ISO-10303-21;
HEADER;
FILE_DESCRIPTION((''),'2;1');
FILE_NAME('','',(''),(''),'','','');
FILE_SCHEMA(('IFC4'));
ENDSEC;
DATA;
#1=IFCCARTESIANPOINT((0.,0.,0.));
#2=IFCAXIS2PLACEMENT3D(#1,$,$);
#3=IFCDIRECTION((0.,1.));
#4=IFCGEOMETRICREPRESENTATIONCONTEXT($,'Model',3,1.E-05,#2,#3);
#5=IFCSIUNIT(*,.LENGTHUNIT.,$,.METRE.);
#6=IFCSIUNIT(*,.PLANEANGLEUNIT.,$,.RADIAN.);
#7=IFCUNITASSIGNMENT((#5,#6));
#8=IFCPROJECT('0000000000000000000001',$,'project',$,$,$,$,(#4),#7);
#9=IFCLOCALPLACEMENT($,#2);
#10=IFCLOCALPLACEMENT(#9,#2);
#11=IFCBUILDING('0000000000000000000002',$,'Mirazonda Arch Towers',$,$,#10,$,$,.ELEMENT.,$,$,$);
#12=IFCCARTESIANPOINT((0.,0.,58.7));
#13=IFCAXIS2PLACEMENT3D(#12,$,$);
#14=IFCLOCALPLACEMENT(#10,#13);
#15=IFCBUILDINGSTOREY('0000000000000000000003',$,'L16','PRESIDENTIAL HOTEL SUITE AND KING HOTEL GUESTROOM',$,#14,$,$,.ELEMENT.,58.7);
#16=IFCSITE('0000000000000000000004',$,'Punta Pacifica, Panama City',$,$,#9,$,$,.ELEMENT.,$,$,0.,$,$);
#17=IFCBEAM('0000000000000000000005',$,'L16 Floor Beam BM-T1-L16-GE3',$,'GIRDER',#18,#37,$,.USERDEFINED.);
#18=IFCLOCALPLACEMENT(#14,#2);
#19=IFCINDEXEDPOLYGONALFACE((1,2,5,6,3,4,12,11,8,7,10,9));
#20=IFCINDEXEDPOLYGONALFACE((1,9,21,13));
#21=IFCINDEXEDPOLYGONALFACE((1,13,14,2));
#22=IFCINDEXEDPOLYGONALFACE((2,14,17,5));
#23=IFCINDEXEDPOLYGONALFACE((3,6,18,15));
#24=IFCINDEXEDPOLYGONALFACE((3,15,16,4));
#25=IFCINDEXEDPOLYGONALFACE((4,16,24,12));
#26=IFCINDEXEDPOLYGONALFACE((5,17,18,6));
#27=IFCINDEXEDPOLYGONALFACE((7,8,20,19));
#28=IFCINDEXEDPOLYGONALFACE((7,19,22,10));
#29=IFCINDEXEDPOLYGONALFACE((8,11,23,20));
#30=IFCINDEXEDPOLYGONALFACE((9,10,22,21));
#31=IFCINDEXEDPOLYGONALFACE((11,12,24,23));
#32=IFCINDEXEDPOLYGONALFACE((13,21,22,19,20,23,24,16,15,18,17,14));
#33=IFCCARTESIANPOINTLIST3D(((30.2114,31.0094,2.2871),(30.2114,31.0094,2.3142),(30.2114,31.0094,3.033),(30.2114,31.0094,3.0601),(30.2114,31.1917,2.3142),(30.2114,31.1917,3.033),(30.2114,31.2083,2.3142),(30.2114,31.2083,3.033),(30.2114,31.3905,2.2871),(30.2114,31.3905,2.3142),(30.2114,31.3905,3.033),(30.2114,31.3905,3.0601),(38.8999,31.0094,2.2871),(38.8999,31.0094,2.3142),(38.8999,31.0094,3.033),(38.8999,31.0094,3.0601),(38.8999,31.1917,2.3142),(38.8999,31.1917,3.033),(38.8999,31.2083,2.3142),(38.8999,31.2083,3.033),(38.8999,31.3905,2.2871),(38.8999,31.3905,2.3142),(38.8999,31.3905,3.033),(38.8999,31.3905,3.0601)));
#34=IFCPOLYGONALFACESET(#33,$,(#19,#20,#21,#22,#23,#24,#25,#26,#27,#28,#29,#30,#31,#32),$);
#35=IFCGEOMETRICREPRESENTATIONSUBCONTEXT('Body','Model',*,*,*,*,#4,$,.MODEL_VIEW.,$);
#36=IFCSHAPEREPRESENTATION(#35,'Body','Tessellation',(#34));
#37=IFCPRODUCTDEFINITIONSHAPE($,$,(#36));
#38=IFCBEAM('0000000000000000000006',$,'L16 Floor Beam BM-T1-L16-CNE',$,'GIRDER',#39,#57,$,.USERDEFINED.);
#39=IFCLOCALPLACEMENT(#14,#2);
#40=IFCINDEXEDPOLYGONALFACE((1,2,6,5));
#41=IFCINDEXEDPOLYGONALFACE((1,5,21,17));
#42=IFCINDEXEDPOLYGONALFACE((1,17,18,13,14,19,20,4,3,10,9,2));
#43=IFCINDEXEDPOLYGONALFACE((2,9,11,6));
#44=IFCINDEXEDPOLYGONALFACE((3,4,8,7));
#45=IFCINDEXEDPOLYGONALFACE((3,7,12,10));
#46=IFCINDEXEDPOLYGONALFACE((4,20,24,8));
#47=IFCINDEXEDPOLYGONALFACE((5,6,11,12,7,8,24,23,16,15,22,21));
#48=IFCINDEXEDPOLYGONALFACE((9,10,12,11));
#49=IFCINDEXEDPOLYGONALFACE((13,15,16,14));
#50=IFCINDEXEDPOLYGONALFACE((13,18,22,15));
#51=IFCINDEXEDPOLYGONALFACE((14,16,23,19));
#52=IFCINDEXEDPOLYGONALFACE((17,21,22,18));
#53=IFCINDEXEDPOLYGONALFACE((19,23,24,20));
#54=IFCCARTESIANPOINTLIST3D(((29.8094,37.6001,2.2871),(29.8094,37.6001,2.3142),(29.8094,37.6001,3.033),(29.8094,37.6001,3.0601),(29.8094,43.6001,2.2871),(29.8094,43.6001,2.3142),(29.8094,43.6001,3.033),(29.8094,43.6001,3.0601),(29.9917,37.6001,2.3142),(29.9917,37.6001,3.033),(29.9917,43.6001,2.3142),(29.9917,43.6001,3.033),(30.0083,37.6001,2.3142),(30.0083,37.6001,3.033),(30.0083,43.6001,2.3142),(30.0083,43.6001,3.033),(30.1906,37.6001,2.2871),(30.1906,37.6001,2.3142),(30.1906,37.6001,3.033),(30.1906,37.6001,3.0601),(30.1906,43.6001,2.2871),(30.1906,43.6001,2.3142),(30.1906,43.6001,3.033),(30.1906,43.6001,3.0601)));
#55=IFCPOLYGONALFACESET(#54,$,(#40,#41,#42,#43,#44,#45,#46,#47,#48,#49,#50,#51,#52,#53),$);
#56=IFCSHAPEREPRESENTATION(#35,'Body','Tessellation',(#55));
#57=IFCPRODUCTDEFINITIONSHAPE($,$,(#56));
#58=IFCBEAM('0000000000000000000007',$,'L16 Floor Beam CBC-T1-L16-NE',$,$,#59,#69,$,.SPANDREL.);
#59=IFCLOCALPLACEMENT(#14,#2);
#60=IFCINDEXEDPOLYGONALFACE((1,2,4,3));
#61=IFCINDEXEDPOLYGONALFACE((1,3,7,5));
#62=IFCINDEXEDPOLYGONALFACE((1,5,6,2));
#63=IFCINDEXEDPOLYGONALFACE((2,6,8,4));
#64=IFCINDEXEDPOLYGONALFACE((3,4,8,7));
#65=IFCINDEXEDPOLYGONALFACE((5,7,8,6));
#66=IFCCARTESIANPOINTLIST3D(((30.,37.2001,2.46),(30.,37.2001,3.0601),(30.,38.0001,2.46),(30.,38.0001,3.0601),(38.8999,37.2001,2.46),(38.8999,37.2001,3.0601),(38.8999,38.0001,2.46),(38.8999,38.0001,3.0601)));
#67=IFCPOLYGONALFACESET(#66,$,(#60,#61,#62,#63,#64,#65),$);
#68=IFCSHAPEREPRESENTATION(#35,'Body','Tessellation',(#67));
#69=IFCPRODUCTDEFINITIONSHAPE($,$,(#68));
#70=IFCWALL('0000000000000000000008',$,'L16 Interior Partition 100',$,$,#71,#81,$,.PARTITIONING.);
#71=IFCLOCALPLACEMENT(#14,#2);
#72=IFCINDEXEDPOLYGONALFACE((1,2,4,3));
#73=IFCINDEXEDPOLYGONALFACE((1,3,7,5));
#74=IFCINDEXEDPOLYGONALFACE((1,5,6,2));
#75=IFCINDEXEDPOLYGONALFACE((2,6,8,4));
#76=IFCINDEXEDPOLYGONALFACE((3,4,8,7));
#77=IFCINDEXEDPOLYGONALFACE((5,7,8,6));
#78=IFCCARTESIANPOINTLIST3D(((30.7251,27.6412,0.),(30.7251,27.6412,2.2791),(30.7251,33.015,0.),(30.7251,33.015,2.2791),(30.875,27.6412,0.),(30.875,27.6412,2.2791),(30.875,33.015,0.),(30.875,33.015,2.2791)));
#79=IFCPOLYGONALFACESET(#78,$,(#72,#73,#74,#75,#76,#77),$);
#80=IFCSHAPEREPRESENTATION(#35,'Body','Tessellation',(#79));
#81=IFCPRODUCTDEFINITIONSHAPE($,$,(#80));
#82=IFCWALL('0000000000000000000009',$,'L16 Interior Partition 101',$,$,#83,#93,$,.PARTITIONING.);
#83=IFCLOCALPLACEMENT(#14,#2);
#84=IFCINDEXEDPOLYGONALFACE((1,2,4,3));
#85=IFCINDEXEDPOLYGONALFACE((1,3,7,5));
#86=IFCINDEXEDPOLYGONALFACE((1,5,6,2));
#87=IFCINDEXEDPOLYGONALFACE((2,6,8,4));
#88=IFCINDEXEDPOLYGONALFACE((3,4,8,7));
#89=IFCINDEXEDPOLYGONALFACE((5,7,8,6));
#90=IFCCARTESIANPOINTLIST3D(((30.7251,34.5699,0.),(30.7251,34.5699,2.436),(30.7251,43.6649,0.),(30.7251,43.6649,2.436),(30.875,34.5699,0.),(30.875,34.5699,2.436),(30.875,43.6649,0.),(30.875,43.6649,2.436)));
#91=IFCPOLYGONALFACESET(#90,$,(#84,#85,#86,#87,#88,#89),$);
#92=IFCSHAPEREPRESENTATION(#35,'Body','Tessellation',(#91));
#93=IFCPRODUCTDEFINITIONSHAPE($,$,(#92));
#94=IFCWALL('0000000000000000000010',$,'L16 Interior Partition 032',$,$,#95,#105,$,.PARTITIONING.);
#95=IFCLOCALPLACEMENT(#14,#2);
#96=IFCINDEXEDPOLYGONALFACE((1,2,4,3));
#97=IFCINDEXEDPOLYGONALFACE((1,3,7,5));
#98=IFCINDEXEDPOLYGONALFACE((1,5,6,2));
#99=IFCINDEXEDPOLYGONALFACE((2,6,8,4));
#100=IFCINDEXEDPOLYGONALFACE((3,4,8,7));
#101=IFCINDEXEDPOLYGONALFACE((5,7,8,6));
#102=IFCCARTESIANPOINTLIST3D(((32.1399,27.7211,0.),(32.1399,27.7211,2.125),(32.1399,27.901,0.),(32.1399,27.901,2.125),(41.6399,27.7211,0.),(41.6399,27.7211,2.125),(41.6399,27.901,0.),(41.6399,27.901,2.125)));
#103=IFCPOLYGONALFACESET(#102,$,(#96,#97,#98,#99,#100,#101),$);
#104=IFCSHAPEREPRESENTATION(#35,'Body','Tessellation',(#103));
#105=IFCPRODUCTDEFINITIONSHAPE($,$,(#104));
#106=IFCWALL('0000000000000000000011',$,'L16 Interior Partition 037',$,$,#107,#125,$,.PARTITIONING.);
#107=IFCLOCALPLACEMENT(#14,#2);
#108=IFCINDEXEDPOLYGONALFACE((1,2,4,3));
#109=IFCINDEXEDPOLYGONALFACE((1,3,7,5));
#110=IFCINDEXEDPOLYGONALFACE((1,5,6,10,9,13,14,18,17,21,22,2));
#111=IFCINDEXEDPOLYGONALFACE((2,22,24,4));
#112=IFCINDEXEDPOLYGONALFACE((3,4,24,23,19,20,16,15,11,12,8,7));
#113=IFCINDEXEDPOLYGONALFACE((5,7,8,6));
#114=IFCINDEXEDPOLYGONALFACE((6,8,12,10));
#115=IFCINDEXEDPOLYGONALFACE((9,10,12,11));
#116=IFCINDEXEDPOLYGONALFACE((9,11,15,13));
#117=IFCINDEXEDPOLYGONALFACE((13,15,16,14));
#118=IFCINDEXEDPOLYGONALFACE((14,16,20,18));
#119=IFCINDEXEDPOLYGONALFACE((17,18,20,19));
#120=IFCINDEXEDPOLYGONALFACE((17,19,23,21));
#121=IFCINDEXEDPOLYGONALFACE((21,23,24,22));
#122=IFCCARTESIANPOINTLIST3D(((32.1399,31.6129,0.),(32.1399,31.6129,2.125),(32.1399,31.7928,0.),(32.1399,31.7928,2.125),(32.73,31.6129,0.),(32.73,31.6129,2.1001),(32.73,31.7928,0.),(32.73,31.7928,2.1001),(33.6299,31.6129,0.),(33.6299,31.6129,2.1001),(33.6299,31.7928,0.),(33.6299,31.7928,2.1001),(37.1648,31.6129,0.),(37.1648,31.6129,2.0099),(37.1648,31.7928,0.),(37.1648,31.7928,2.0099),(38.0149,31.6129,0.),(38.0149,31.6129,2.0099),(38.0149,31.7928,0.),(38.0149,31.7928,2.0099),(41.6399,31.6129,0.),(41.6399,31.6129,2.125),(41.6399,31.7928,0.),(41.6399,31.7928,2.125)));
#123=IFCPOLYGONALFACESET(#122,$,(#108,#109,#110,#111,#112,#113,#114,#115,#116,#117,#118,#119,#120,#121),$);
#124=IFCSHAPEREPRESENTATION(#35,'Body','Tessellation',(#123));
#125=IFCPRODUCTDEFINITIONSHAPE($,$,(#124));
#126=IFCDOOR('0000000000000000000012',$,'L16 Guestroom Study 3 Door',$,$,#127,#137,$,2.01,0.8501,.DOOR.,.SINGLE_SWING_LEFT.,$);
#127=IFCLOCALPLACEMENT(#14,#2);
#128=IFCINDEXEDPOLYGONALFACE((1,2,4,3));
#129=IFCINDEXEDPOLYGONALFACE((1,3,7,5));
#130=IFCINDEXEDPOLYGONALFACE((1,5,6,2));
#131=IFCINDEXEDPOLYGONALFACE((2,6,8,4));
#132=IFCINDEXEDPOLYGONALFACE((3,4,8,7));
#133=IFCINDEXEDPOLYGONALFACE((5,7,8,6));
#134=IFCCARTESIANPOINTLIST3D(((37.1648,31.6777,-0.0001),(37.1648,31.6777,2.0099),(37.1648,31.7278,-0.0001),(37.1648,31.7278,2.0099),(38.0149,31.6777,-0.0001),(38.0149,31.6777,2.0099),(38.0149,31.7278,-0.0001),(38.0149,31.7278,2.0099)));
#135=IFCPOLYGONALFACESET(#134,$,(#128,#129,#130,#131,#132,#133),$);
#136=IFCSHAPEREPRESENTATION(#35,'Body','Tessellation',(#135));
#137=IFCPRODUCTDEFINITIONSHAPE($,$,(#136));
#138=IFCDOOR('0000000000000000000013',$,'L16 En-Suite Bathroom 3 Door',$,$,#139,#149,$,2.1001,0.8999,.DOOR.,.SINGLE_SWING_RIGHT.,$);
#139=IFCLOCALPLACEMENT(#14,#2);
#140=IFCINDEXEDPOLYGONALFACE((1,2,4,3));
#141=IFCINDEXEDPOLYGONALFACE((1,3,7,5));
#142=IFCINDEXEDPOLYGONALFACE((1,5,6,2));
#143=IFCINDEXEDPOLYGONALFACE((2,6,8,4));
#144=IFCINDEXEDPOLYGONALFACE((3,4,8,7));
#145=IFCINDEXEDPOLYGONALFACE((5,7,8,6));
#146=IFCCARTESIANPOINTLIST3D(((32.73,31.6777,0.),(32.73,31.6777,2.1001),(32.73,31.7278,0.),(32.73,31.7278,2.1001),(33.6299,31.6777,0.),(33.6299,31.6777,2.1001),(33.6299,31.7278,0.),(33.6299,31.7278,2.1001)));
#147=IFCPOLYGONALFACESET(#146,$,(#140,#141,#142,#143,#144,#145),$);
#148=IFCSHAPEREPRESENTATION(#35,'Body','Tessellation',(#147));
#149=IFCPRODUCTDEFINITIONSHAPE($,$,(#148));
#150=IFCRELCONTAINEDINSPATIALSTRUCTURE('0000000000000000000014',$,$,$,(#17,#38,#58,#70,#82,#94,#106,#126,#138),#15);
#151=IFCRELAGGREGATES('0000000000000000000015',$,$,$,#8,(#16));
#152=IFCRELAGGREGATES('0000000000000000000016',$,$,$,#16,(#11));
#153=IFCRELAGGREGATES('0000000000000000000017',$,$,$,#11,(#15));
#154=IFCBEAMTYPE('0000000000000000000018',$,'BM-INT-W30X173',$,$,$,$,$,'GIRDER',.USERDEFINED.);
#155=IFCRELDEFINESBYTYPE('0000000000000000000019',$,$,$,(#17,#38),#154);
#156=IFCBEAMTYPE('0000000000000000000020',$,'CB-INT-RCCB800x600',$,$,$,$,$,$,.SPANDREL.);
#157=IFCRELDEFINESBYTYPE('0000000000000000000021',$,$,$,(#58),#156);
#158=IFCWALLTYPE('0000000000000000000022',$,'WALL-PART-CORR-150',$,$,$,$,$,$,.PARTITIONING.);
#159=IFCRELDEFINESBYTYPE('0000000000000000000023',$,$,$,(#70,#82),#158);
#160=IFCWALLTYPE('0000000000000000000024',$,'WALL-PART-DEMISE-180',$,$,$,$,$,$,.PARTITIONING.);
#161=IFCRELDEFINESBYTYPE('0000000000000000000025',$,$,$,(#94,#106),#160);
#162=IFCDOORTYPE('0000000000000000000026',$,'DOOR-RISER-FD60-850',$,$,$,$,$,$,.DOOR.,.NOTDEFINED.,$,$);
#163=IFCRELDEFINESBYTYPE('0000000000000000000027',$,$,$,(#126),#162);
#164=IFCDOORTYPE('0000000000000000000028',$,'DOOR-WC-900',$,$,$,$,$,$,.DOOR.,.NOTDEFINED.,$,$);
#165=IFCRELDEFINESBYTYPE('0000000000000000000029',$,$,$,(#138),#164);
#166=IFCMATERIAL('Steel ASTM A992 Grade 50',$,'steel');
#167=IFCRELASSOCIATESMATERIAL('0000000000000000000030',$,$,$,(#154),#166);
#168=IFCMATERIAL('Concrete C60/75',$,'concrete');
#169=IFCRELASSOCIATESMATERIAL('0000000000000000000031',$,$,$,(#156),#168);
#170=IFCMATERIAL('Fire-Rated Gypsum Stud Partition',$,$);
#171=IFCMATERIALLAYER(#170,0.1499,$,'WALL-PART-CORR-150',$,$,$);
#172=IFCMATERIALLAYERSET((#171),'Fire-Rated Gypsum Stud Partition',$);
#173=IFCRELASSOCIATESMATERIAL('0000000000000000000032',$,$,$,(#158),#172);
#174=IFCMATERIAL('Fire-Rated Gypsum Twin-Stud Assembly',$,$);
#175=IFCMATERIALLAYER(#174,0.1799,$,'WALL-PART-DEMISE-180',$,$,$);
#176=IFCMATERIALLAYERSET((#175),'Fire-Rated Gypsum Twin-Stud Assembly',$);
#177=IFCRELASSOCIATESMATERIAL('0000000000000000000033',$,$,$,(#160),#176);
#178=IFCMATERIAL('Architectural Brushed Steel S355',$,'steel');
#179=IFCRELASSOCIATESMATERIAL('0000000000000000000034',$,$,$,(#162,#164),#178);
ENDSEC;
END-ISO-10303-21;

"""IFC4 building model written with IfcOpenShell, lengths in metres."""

from ifc_helpers import new_model, si_unit, direction, frame, frame_2d, origin, origin_2d, place, context, subcontext, project, spatial, rectangle, i_section, extrude, material, layer, layer_set, material_profile, profile_set, type_object, element, fill, save


model = new_model("IFC4")

# Units and contexts
model_context = context("Model", 3, precision=1e-05, world=origin(), true_north=direction((0.0, 1.0)))
body_context = subcontext(model_context, "Body", "Model", "MODEL_VIEW")
ifc_project = project(units=[si_unit("LENGTHUNIT", "METRE"), si_unit("PLANEANGLEUNIT", "RADIAN")], contexts=[model_context])

# Site, building, storey
site_placement = place(None, origin())
site = spatial("IfcSite", under=ifc_project, at=site_placement, Name="Punta Pacifica, Panama City", CompositionType="ELEMENT", RefElevation=0.0)
building_placement = place(site_placement, origin())
building = spatial("IfcBuilding", under=site, at=building_placement, Name="Mirazonda Arch Towers", CompositionType="ELEMENT")
storey_placement = place(building_placement, frame((0.0, 0.0, 58.7)))
storey = spatial("IfcBuildingStorey", under=building, at=storey_placement, Name="L16", Description="PRESIDENTIAL HOTEL SUITE AND KING HOTEL GUESTROOM", CompositionType="ELEMENT", Elevation=58.7)

# Beams
ifc_material_1 = material(Name="Steel ASTM A992 Grade 50", Category="steel")
ifc_material_profile_1 = material_profile(ifc_material_1, i_section(OverallWidth=0.3811, OverallDepth=0.7729, WebThickness=0.0166, FlangeThickness=0.0271, at=origin_2d()), Name="W30X173")
ifc_profile_set_1 = profile_set([ifc_material_profile_1], Name="Steel ASTM A992 Grade 50")
beam_type_1 = type_object("IfcBeamType", Name="BM-INT-W30X173", ElementType="GIRDER", PredefinedType="USERDEFINED", material=ifc_profile_set_1)
beam_1_placement = place(storey_placement, frame((30.2114, 31.2, 2.6736), z_axis=(1.0, 0.0, 0.0), x_axis=(0.0, 1.0, 0.0)))
element("IfcBeam", 1, at=beam_1_placement, inside=storey, type_object=beam_type_1, Name="L16 Floor Beam BM-T1-L16-GE3", ObjectType="GIRDER", PredefinedType="USERDEFINED", context=body_context, shape_type="SweptSolid", body=[
    extrude(i_section(OverallWidth=0.3811, OverallDepth=0.7729, WebThickness=0.0166, FlangeThickness=0.0271, at=origin_2d()), origin(), (0.0, 0.0, 1.0), 8.6885),
])
beam_2_placement = place(storey_placement, frame((30.0, 37.6001, 2.6736), z_axis=(0.0, 1.0, 0.0), x_axis=(-1.0, 0.0, 0.0)))
element("IfcBeam", 2, at=beam_2_placement, inside=storey, type_object=beam_type_1, Name="L16 Floor Beam BM-T1-L16-CNE", ObjectType="GIRDER", PredefinedType="USERDEFINED", context=body_context, shape_type="SweptSolid", body=[
    extrude(i_section(OverallWidth=0.3811, OverallDepth=0.7729, WebThickness=0.0166, FlangeThickness=0.0271, at=origin_2d()), origin(), (0.0, 0.0, 1.0), 6.0),
])
ifc_material_2 = material(Name="Concrete C60/75", Category="concrete")
ifc_material_profile_2 = material_profile(ifc_material_2, rectangle(XDim=0.8, YDim=0.6001, at=origin_2d()), Name="RCCB800x600")
ifc_profile_set_2 = profile_set([ifc_material_profile_2], Name="Concrete C60/75")
beam_type_2 = type_object("IfcBeamType", Name="CB-INT-RCCB800x600", PredefinedType="SPANDREL", material=ifc_profile_set_2)
beam_3_placement = place(storey_placement, frame((30.0, 37.6001, 2.76), z_axis=(1.0, 0.0, 0.0), x_axis=(0.0, 1.0, 0.0)))
element("IfcBeam", 3, at=beam_3_placement, inside=storey, type_object=beam_type_2, Name="L16 Floor Beam CBC-T1-L16-NE", PredefinedType="SPANDREL", context=body_context, shape_type="SweptSolid", body=[
    extrude(rectangle(XDim=0.8, YDim=0.6001, at=origin_2d()), origin(), (0.0, 0.0, 1.0), 8.8999),
])

# Walls
ifc_material_3 = material(Name="Fire-Rated Gypsum Stud Partition")
ifc_layer_1 = layer(ifc_material_3, 0.1499, Name="WALL-PART-CORR-150")
ifc_layer_set_1 = layer_set([ifc_layer_1], Name="Fire-Rated Gypsum Stud Partition")
wall_type_1 = type_object("IfcWallType", Name="WALL-PART-CORR-150", PredefinedType="PARTITIONING", material=ifc_layer_set_1)
wall_1_placement = place(storey_placement, frame((30.8, 27.6411, 0.0), z_axis=(0.0, 0.0, 1.0), x_axis=(0.0, 1.0, 0.0)))
element("IfcWall", 4, at=wall_1_placement, inside=storey, type_object=wall_type_1, Name="L16 Interior Partition 100", PredefinedType="PARTITIONING", context=body_context, shape_type="SweptSolid", body=[
    extrude(rectangle(XDim=5.3738, YDim=0.1499, at=frame_2d((2.687, 0.0))), origin(), (0.0, 0.0, 1.0), 2.2791),
])
wall_2_placement = place(storey_placement, frame((30.8, 34.5701, 0.0), z_axis=(0.0, 0.0, 1.0), x_axis=(0.0, 1.0, 0.0)))
element("IfcWall", 5, at=wall_2_placement, inside=storey, type_object=wall_type_1, Name="L16 Interior Partition 101", PredefinedType="PARTITIONING", context=body_context, shape_type="SweptSolid", body=[
    extrude(rectangle(XDim=9.095, YDim=0.1499, at=frame_2d((4.5474, 0.0))), origin(), (0.0, 0.0, 1.0), 2.436),
])
ifc_material_4 = material(Name="Fire-Rated Gypsum Twin-Stud Assembly")
ifc_layer_2 = layer(ifc_material_4, 0.1799, Name="WALL-PART-DEMISE-180")
ifc_layer_set_2 = layer_set([ifc_layer_2], Name="Fire-Rated Gypsum Twin-Stud Assembly")
wall_type_2 = type_object("IfcWallType", Name="WALL-PART-DEMISE-180", PredefinedType="PARTITIONING", material=ifc_layer_set_2)
wall_3_placement = place(storey_placement, frame((32.1399, 27.811, 0.0), z_axis=(0.0, 0.0, 1.0), x_axis=(1.0, 0.0, 0.0)))
element("IfcWall", 6, at=wall_3_placement, inside=storey, type_object=wall_type_2, Name="L16 Interior Partition 032", PredefinedType="PARTITIONING", context=body_context, shape_type="SweptSolid", body=[
    extrude(rectangle(XDim=9.5, YDim=0.1799, at=frame_2d((4.75, 0.0))), origin(), (0.0, 0.0, 1.0), 2.125),
])

# Wall, openings, doors
wall_4_placement = place(storey_placement, frame((32.1399, 31.7029, 0.0), z_axis=(0.0, 0.0, 1.0), x_axis=(1.0, 0.0, 0.0)))
wall_4 = element("IfcWall", 7, at=wall_4_placement, inside=storey, type_object=wall_type_2, Name="L16 Interior Partition 037", PredefinedType="PARTITIONING", context=body_context, shape_type="SweptSolid", body=[
    extrude(rectangle(XDim=9.5, YDim=0.1799, at=frame_2d((4.75, 0.0))), origin(), (0.0, 0.0, 1.0), 2.125),
])
opening_1_placement = place(wall_4_placement, frame((5.0249, 0.0, 0.0)))
opening_1 = element("IfcOpeningElement", 8, at=opening_1_placement, cuts=wall_4, PredefinedType="OPENING", context=body_context, shape_type="SweptSolid", body=[
    extrude(rectangle(XDim=0.8501, YDim=2.01, at=frame_2d((0.425, 1.0049))), frame((0.0, 0.0999, 0.0), z_axis=(0.0, -1.0, 0.0), x_axis=(1.0, 0.0, 0.0)), (0.0, 0.0, 1.0), 0.2),
])
opening_2_placement = place(wall_4_placement, frame((0.5901, 0.0, 0.0)))
opening_2 = element("IfcOpeningElement", 9, at=opening_2_placement, cuts=wall_4, PredefinedType="OPENING", context=body_context, shape_type="SweptSolid", body=[
    extrude(rectangle(XDim=0.8999, YDim=2.1001, at=frame_2d((0.45, 1.05))), frame((0.0, 0.0999, 0.0), z_axis=(0.0, -1.0, 0.0), x_axis=(1.0, 0.0, 0.0)), (0.0, 0.0, 1.0), 0.2),
])
ifc_material_5 = material(Name="Architectural Brushed Steel S355", Category="steel")
door_type_1 = type_object("IfcDoorType", Name="DOOR-RISER-FD60-850", OperationType="NOTDEFINED", PredefinedType="DOOR", material=ifc_material_5)
door_1_placement = place(opening_1_placement, origin())
door_1 = element("IfcDoor", 10, at=door_1_placement, inside=storey, type_object=door_type_1, Name="L16 Guestroom Study 3 Door", OperationType="SINGLE_SWING_LEFT", OverallHeight=2.01, OverallWidth=0.8501, PredefinedType="DOOR", context=body_context, shape_type="SweptSolid", body=[
    extrude(rectangle(XDim=0.8501, YDim=2.01, at=frame_2d((0.425, 1.0049))), frame((0.0, 0.0249, 0.0), z_axis=(0.0, -1.0, 0.0), x_axis=(1.0, 0.0, 0.0)), (0.0, 0.0, 1.0), 0.05),
])
fill(opening_1, door_1)
door_type_2 = type_object("IfcDoorType", Name="DOOR-WC-900", OperationType="NOTDEFINED", PredefinedType="DOOR", material=ifc_material_5)
door_2_placement = place(opening_2_placement, origin())
door_2 = element("IfcDoor", 11, at=door_2_placement, inside=storey, type_object=door_type_2, Name="L16 En-Suite Bathroom 3 Door", OperationType="SINGLE_SWING_RIGHT", OverallHeight=2.1001, OverallWidth=0.8999, PredefinedType="DOOR", context=body_context, shape_type="SweptSolid", body=[
    extrude(rectangle(XDim=0.8999, YDim=2.1001, at=frame_2d((0.45, 1.05))), frame((0.0, 0.0249, 0.0), z_axis=(0.0, -1.0, 0.0), x_axis=(1.0, 0.0, 0.0)), (0.0, 0.0, 1.0), 0.05),
])
fill(opening_2, door_2)

save(model, "model.ifc")
